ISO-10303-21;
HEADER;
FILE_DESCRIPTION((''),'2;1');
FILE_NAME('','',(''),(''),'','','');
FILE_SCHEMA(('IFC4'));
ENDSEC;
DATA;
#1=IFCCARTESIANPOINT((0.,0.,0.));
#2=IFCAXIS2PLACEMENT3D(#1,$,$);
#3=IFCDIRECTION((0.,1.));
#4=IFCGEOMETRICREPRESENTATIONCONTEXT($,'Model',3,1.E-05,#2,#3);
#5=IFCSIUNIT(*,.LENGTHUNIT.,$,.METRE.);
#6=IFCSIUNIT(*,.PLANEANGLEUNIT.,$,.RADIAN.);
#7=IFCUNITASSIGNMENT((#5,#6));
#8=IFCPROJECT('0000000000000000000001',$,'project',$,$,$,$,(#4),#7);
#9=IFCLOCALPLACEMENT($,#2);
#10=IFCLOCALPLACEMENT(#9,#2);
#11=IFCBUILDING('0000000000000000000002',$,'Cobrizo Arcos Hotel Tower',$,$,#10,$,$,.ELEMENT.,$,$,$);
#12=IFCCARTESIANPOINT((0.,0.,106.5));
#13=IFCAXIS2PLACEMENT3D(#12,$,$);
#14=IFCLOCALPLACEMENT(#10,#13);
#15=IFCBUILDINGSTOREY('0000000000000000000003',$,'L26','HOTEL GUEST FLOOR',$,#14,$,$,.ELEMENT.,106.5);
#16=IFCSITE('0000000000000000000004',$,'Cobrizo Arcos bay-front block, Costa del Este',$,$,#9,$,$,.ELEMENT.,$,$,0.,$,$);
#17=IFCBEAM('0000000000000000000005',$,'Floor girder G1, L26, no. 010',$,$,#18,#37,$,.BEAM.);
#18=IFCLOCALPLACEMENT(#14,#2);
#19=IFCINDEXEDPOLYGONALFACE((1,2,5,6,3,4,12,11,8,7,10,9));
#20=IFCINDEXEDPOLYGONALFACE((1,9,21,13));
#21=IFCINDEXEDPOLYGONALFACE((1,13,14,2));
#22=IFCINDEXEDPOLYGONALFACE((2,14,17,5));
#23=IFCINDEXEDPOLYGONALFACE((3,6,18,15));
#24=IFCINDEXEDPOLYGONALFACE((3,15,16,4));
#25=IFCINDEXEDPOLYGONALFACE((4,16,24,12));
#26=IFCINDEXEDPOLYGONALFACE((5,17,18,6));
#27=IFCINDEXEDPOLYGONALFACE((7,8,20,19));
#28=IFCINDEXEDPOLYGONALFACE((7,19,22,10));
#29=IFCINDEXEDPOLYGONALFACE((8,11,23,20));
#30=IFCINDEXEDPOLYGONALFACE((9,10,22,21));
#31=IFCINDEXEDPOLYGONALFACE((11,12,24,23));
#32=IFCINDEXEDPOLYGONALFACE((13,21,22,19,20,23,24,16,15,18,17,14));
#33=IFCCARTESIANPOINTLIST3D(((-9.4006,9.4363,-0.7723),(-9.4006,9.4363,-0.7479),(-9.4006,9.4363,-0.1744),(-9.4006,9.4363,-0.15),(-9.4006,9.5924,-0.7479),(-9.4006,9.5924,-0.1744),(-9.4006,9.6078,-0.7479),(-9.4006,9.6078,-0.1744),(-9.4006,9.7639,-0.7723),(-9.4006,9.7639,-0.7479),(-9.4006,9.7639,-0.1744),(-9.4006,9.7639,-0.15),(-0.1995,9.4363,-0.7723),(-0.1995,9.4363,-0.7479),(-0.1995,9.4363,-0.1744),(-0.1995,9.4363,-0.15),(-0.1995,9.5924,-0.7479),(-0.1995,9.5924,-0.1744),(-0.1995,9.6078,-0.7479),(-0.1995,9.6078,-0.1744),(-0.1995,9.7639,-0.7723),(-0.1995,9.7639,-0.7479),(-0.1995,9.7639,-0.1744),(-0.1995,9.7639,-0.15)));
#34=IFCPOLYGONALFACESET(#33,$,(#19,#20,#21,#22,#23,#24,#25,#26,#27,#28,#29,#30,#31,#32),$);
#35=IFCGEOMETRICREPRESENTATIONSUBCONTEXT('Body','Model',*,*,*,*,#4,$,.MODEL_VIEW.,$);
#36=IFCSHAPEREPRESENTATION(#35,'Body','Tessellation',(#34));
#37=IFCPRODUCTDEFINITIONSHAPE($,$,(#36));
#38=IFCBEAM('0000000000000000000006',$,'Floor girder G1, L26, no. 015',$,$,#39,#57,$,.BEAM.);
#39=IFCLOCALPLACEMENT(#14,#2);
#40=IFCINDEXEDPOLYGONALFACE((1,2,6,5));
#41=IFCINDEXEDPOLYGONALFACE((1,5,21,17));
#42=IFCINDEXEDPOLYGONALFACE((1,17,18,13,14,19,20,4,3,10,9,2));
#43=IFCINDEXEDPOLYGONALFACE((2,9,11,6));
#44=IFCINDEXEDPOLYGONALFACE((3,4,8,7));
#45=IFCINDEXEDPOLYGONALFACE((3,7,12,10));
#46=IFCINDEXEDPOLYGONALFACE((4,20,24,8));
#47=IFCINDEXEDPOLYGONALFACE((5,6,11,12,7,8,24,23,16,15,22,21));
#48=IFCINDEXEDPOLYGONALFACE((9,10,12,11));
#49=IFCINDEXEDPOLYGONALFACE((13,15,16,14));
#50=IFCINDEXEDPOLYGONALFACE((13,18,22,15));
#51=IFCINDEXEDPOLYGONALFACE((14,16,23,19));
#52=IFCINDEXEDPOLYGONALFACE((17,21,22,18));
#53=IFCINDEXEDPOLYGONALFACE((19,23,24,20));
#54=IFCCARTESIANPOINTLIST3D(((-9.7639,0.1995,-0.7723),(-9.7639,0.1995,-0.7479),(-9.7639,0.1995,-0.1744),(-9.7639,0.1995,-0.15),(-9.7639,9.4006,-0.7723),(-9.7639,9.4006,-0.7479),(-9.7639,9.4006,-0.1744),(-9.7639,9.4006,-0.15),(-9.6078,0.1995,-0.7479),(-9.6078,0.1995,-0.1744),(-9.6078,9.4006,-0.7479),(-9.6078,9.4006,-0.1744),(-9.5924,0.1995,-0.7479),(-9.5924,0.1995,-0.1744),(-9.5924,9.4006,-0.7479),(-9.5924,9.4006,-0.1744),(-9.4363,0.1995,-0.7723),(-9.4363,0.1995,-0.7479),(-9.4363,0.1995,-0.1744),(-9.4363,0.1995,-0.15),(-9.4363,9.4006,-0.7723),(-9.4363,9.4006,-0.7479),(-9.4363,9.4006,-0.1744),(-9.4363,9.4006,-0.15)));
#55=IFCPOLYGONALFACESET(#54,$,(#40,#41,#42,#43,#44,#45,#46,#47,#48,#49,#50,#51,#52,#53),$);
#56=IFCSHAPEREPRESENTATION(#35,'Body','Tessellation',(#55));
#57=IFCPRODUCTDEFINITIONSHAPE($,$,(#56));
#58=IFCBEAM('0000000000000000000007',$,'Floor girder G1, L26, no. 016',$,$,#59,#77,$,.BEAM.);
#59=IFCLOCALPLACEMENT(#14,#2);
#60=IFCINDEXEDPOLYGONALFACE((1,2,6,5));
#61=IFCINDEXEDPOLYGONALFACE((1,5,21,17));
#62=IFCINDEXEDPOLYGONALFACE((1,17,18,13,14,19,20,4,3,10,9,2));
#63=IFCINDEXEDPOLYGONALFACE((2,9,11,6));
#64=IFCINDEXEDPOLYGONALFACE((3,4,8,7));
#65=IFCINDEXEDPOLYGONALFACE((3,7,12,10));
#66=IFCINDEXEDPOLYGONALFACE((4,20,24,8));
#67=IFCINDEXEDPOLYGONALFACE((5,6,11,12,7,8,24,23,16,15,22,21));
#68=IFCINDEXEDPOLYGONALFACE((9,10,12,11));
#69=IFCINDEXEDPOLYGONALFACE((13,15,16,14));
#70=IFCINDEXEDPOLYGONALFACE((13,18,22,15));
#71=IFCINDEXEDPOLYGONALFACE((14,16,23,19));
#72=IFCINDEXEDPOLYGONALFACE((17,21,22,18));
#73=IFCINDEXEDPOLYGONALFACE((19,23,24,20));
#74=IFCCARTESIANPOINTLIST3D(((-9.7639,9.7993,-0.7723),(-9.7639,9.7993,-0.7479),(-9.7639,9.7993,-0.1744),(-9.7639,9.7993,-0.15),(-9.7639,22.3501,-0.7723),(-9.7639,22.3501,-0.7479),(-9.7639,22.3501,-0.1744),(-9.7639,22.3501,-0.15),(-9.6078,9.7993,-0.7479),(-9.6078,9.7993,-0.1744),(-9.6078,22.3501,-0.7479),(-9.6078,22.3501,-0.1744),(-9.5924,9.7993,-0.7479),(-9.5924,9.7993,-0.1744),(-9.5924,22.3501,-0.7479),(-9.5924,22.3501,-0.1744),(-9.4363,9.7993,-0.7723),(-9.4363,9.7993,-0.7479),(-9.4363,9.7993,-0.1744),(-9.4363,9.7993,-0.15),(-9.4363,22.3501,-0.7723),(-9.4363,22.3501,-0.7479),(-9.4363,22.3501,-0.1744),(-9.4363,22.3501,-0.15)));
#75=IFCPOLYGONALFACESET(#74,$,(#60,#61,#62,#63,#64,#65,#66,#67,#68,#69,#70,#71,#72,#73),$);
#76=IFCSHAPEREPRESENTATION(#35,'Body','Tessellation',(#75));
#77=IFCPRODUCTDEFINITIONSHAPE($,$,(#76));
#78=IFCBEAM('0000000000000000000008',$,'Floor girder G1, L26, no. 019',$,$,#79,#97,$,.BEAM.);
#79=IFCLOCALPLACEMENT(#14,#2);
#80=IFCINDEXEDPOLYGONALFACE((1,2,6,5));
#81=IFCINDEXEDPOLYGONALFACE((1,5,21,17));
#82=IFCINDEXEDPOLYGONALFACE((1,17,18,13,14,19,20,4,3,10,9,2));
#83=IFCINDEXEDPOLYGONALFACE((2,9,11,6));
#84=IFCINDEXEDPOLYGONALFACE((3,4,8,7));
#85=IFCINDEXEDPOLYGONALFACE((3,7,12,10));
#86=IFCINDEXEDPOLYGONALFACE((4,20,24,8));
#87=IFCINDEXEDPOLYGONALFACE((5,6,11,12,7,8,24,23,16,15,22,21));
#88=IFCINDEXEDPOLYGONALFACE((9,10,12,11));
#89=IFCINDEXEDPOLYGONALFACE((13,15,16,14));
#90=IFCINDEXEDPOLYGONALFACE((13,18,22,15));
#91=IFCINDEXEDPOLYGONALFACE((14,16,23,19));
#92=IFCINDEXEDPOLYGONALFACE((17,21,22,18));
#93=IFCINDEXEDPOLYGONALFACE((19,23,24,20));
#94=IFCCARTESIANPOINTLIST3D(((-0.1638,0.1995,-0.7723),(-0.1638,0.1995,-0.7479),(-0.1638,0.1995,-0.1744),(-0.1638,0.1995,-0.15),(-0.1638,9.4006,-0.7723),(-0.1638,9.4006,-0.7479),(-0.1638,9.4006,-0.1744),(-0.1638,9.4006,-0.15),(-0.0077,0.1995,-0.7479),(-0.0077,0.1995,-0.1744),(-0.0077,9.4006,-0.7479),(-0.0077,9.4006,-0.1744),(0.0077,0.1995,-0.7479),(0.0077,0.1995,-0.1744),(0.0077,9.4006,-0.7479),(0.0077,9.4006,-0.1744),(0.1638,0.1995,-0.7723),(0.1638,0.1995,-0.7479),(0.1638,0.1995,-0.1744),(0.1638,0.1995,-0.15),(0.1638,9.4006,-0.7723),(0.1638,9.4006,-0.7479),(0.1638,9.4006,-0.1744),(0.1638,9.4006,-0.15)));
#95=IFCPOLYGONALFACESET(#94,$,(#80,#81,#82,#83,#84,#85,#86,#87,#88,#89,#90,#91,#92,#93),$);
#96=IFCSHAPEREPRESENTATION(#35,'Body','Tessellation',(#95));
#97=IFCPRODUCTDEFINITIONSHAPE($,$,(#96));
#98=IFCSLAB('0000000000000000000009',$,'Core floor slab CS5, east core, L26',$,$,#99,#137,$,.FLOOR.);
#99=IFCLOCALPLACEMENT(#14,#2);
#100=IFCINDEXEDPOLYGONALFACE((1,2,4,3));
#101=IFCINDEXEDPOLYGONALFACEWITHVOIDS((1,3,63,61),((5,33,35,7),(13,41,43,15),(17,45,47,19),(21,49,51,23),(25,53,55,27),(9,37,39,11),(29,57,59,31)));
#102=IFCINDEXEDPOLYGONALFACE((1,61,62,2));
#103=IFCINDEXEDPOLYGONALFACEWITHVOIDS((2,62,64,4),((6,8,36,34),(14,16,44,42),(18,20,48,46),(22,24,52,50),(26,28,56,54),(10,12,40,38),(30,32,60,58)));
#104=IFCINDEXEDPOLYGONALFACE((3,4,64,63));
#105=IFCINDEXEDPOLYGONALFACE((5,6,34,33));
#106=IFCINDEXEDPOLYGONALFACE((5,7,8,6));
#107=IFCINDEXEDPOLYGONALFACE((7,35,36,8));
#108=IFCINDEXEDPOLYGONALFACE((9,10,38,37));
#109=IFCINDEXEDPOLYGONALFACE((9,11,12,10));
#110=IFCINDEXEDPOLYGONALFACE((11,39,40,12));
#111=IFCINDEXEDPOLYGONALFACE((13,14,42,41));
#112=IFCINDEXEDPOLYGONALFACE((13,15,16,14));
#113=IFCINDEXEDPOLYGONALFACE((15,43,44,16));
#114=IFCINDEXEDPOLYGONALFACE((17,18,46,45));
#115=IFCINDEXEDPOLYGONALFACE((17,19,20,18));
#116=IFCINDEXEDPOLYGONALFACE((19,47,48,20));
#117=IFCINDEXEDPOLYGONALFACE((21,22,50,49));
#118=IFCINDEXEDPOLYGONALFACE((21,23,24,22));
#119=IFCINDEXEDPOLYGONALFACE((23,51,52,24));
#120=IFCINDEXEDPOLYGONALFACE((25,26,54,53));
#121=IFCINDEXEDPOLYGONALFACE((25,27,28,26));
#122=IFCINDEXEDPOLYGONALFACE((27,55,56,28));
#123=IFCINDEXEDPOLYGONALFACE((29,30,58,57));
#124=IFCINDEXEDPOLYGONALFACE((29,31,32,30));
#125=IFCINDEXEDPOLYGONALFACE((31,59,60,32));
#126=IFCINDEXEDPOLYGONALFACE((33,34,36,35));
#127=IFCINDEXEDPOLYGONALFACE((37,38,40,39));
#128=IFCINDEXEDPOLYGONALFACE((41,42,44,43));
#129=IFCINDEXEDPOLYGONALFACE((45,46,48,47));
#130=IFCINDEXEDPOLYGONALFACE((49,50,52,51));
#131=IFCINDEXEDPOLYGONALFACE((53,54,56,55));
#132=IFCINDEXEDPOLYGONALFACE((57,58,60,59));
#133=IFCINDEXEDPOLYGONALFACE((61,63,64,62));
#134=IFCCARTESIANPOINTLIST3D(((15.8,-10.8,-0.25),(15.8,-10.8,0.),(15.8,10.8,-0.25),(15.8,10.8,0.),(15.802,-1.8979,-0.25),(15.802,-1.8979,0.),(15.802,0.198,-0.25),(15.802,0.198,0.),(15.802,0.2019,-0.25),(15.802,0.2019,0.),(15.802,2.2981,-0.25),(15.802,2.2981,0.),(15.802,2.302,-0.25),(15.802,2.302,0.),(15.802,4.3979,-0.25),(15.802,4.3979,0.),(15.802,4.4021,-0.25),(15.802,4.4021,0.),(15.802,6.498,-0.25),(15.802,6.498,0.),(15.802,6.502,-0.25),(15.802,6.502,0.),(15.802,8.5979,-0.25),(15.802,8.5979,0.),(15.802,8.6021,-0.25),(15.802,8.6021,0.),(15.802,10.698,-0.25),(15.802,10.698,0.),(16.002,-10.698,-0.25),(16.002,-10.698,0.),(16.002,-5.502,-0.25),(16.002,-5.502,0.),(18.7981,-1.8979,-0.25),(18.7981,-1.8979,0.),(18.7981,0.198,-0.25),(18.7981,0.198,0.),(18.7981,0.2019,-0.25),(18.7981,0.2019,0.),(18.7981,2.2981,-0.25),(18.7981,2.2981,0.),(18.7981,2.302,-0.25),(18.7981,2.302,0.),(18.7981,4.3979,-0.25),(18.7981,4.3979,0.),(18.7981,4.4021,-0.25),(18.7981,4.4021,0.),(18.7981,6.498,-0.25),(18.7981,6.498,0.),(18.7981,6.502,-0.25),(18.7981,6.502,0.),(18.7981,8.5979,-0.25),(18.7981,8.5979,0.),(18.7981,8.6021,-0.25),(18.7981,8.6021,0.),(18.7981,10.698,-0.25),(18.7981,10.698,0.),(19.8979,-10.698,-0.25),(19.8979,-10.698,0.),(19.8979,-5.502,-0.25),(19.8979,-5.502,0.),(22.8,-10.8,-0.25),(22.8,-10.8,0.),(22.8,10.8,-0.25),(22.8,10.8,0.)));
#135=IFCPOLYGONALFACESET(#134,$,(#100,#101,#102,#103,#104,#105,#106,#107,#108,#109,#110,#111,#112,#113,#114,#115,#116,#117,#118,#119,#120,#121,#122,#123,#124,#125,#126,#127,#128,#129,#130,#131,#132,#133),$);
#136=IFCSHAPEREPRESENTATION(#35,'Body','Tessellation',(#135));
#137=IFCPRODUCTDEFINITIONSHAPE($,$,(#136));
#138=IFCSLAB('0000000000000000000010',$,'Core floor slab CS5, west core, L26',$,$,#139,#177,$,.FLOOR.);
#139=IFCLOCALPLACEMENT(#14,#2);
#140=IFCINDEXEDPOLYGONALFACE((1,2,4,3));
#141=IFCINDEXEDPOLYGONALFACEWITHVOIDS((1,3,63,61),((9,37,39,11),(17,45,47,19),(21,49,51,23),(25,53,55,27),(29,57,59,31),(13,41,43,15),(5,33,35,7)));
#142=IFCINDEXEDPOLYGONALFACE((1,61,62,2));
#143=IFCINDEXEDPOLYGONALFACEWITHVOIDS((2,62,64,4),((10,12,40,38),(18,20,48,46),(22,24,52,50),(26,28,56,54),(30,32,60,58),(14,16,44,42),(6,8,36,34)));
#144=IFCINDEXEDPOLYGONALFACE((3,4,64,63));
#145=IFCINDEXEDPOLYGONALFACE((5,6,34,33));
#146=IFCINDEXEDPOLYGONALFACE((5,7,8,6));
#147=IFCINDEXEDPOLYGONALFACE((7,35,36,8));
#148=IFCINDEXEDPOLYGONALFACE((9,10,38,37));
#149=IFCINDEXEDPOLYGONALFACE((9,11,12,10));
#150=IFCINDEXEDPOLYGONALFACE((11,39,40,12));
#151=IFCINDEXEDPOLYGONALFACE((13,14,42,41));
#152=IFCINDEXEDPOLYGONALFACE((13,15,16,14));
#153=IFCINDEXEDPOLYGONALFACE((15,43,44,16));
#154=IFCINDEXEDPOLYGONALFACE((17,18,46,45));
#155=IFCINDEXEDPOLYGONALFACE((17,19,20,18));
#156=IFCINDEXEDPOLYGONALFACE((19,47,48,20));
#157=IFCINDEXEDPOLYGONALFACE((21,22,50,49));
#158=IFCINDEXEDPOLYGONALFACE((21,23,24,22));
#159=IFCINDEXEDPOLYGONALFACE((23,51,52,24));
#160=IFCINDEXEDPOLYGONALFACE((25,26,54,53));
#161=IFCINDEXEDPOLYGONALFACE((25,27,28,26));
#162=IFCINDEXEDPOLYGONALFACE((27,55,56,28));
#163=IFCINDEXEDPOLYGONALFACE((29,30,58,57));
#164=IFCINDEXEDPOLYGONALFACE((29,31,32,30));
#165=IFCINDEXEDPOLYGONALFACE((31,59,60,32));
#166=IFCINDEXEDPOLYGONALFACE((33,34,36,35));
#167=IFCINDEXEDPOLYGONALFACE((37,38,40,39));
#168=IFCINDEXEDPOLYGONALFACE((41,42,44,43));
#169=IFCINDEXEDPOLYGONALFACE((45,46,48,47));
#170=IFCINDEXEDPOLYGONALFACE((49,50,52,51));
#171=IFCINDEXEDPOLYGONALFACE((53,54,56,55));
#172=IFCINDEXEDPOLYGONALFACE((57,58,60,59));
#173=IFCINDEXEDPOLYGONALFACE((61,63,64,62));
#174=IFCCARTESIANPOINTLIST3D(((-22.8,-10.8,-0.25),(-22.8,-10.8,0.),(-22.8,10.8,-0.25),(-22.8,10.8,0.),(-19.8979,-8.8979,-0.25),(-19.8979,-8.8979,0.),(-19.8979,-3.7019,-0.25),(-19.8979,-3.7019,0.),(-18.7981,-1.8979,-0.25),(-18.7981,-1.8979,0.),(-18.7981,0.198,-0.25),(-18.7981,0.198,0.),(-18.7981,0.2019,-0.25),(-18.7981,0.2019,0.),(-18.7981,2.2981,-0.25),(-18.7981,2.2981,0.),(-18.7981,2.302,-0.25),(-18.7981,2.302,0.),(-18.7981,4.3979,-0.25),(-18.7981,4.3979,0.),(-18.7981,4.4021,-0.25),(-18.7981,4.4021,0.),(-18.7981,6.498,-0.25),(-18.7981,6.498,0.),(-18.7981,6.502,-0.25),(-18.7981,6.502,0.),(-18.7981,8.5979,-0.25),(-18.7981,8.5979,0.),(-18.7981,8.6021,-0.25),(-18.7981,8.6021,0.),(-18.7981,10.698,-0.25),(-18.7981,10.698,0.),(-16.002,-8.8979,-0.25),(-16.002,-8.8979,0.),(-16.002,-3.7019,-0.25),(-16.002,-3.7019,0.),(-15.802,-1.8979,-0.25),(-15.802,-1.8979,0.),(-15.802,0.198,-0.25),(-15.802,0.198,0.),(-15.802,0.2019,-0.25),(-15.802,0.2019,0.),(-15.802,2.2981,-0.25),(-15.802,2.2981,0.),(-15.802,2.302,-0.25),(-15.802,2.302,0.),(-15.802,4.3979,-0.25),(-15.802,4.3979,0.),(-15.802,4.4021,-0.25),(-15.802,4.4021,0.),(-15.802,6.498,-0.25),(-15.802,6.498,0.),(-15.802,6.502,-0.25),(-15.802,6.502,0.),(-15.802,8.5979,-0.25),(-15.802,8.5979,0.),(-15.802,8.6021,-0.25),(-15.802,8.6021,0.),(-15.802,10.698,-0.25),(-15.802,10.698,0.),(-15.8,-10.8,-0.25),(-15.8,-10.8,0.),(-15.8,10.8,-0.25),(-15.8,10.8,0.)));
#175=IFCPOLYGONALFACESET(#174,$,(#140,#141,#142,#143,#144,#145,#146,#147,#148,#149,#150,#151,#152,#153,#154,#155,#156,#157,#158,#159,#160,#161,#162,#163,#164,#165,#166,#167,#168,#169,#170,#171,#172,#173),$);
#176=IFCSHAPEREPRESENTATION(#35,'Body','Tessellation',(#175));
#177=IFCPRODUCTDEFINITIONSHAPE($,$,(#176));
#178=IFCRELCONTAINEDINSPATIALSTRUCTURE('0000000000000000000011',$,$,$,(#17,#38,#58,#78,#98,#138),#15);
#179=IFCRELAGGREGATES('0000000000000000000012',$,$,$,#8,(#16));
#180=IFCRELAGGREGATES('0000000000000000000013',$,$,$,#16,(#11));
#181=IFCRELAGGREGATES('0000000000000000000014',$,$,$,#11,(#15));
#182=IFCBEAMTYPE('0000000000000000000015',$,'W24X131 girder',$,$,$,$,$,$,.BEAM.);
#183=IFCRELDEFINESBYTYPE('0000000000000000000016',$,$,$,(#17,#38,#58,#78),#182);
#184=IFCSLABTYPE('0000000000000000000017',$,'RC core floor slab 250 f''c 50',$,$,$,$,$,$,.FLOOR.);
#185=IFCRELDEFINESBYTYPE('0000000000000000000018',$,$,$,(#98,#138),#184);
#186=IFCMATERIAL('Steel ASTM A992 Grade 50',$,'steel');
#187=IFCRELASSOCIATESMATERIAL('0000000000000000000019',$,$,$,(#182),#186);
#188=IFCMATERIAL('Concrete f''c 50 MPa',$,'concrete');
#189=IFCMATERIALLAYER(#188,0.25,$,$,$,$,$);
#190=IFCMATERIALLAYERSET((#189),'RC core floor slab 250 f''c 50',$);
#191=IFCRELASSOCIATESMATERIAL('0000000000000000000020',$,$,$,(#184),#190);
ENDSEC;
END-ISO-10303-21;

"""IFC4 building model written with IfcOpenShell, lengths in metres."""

from ifc_helpers import new_model, si_unit, direction, frame, origin, origin_2d, place, context, subcontext, project, spatial, polyline, i_section, outline, extrude, material, layer, layer_set, material_profile, profile_set, type_object, element, save


model = new_model("IFC4")

# Units and contexts
model_context = context("Model", 3, precision=1e-05, world=origin(), true_north=direction((0.0, 1.0)))
body_context = subcontext(model_context, "Body", "Model", "MODEL_VIEW")
ifc_project = project(units=[si_unit("LENGTHUNIT", "METRE"), si_unit("PLANEANGLEUNIT", "RADIAN")], contexts=[model_context])

# Site, building, storey
site_placement = place(None, origin())
site = spatial("IfcSite", under=ifc_project, at=site_placement, Name="Cobrizo Arcos bay-front block, Costa del Este", CompositionType="ELEMENT", RefElevation=0.0)
building_placement = place(site_placement, origin())
building = spatial("IfcBuilding", under=site, at=building_placement, Name="Cobrizo Arcos Hotel Tower", CompositionType="ELEMENT")
storey_placement = place(building_placement, frame((0.0, 0.0, 106.5)))
storey = spatial("IfcBuildingStorey", under=building, at=storey_placement, Name="L26", Description="HOTEL GUEST FLOOR", CompositionType="ELEMENT", Elevation=106.5)

# Shared definitions
ifc_material_1 = material(Name="Steel ASTM A992 Grade 50", Category="steel")

# Beams
ifc_material_profile_1 = material_profile(ifc_material_1, i_section(OverallWidth=0.3276, OverallDepth=0.6223, WebThickness=0.0154, FlangeThickness=0.0244, at=origin_2d()), Name="W24X131")
ifc_profile_set_1 = profile_set([ifc_material_profile_1], Name="Steel ASTM A992 Grade 50")
beam_type_1 = type_object("IfcBeamType", Name="W24X131 girder", PredefinedType="BEAM", material=ifc_profile_set_1)
for number, where, z_axis, x_axis, name in (
    (1, (-9.4006, 9.6001, -0.4612), (1.0, 0.0, 0.0), (0.0, 1.0, 0.0), "Floor girder G1, L26, no. 010"),
    (2, (-9.6001, 0.1995, -0.4612), (0.0, 1.0, 0.0), (-1.0, 0.0, 0.0), "Floor girder G1, L26, no. 015"),
):
    element("IfcBeam", number, at=place(storey_placement, frame(where, z_axis=z_axis, x_axis=x_axis)), inside=storey, type_object=beam_type_1, Name=name, PredefinedType="BEAM", context=body_context, shape_type="SweptSolid", body=[
        extrude(i_section(OverallWidth=0.3276, OverallDepth=0.6223, WebThickness=0.0154, FlangeThickness=0.0244, at=origin_2d()), origin(), (0.0, 0.0, 1.0), 9.2012),
    ])
beam_1_placement = place(storey_placement, frame((-9.6001, 9.7993, -0.4612), z_axis=(0.0, 1.0, 0.0), x_axis=(-1.0, 0.0, 0.0)))
element("IfcBeam", 3, at=beam_1_placement, inside=storey, type_object=beam_type_1, Name="Floor girder G1, L26, no. 016", PredefinedType="BEAM", context=body_context, shape_type="SweptSolid", body=[
    extrude(i_section(OverallWidth=0.3276, OverallDepth=0.6223, WebThickness=0.0154, FlangeThickness=0.0244, at=origin_2d()), origin(), (0.0, 0.0, 1.0), 12.5508),
])
beam_2_placement = place(storey_placement, frame((0.0, 0.1995, -0.4612), z_axis=(0.0, 1.0, 0.0), x_axis=(-1.0, 0.0, 0.0)))
element("IfcBeam", 4, at=beam_2_placement, inside=storey, type_object=beam_type_1, Name="Floor girder G1, L26, no. 019", PredefinedType="BEAM", context=body_context, shape_type="SweptSolid", body=[
    extrude(i_section(OverallWidth=0.3276, OverallDepth=0.6223, WebThickness=0.0154, FlangeThickness=0.0244, at=origin_2d()), origin(), (0.0, 0.0, 1.0), 9.2012),
])

# Slabs
ifc_material_2 = material(Name="Concrete f'c 50 MPa", Category="concrete")
ifc_layer_1 = layer(ifc_material_2, 0.25)
ifc_layer_set_1 = layer_set([ifc_layer_1], Name="RC core floor slab 250 f'c 50")
slab_type_1 = type_object("IfcSlabType", Name="RC core floor slab 250 f'c 50", PredefinedType="FLOOR", material=ifc_layer_set_1)
slab_1_placement = place(storey_placement, frame((0.0, 0.0, -0.25)))
element("IfcSlab", 5, at=slab_1_placement, inside=storey, type_object=slab_type_1, Name="Core floor slab CS5, east core, L26", PredefinedType="FLOOR", context=body_context, shape_type="SweptSolid", body=[
    extrude(outline(polyline([(15.8, 10.8), (22.8, 10.8), (22.8, -10.8), (15.8, -10.8), (15.8, 10.8)]), holes=[polyline([(19.8979, -10.698), (19.8979, -5.502), (16.002, -5.502), (16.002, -10.698), (19.8979, -10.698)]), polyline([(15.802, 0.198), (15.802, -1.8979), (18.7981, -1.8979), (18.7981, 0.198), (15.802, 0.198)]), polyline([(18.7981, 2.2981), (15.802, 2.2981), (15.802, 0.2019), (18.7981, 0.2019), (18.7981, 2.2981)]), polyline([(18.7981, 4.3979), (15.802, 4.3979), (15.802, 2.302), (18.7981, 2.302), (18.7981, 4.3979)]), polyline([(15.802, 6.498), (15.802, 4.4021), (18.7981, 4.4021), (18.7981, 6.498), (15.802, 6.498)]), polyline([(18.7981, 8.5979), (15.802, 8.5979), (15.802, 6.502), (18.7981, 6.502), (18.7981, 8.5979)]), polyline([(18.7981, 10.698), (15.802, 10.698), (15.802, 8.6021), (18.7981, 8.6021), (18.7981, 10.698)])]), origin(), (0.0, 0.0, 1.0), 0.25),
])
slab_2_placement = place(storey_placement, frame((0.0, 0.0, -0.25)))
element("IfcSlab", 6, at=slab_2_placement, inside=storey, type_object=slab_type_1, Name="Core floor slab CS5, west core, L26", PredefinedType="FLOOR", context=body_context, shape_type="SweptSolid", body=[
    extrude(outline(polyline([(-22.8, 10.8), (-15.8, 10.8), (-15.8, -10.8), (-22.8, -10.8), (-22.8, 10.8)]), holes=[polyline([(-19.8979, -3.7019), (-19.8979, -8.8979), (-16.002, -8.8979), (-16.002, -3.7019), (-19.8979, -3.7019)]), polyline([(-18.7981, 0.198), (-18.7981, -1.8979), (-15.802, -1.8979), (-15.802, 0.198), (-18.7981, 0.198)]), polyline([(-15.802, 2.2981), (-18.7981, 2.2981), (-18.7981, 0.2019), (-15.802, 0.2019), (-15.802, 2.2981)]), polyline([(-15.802, 4.3979), (-18.7981, 4.3979), (-18.7981, 2.302), (-15.802, 2.302), (-15.802, 4.3979)]), polyline([(-18.7981, 6.498), (-18.7981, 4.4021), (-15.802, 4.4021), (-15.802, 6.498), (-18.7981, 6.498)]), polyline([(-15.802, 8.5979), (-18.7981, 8.5979), (-18.7981, 6.502), (-15.802, 6.502), (-15.802, 8.5979)]), polyline([(-15.802, 10.698), (-18.7981, 10.698), (-18.7981, 8.6021), (-15.802, 8.6021), (-15.802, 10.698)])]), origin(), (0.0, 0.0, 1.0), 0.25),
])

save(model, "model.ifc")
